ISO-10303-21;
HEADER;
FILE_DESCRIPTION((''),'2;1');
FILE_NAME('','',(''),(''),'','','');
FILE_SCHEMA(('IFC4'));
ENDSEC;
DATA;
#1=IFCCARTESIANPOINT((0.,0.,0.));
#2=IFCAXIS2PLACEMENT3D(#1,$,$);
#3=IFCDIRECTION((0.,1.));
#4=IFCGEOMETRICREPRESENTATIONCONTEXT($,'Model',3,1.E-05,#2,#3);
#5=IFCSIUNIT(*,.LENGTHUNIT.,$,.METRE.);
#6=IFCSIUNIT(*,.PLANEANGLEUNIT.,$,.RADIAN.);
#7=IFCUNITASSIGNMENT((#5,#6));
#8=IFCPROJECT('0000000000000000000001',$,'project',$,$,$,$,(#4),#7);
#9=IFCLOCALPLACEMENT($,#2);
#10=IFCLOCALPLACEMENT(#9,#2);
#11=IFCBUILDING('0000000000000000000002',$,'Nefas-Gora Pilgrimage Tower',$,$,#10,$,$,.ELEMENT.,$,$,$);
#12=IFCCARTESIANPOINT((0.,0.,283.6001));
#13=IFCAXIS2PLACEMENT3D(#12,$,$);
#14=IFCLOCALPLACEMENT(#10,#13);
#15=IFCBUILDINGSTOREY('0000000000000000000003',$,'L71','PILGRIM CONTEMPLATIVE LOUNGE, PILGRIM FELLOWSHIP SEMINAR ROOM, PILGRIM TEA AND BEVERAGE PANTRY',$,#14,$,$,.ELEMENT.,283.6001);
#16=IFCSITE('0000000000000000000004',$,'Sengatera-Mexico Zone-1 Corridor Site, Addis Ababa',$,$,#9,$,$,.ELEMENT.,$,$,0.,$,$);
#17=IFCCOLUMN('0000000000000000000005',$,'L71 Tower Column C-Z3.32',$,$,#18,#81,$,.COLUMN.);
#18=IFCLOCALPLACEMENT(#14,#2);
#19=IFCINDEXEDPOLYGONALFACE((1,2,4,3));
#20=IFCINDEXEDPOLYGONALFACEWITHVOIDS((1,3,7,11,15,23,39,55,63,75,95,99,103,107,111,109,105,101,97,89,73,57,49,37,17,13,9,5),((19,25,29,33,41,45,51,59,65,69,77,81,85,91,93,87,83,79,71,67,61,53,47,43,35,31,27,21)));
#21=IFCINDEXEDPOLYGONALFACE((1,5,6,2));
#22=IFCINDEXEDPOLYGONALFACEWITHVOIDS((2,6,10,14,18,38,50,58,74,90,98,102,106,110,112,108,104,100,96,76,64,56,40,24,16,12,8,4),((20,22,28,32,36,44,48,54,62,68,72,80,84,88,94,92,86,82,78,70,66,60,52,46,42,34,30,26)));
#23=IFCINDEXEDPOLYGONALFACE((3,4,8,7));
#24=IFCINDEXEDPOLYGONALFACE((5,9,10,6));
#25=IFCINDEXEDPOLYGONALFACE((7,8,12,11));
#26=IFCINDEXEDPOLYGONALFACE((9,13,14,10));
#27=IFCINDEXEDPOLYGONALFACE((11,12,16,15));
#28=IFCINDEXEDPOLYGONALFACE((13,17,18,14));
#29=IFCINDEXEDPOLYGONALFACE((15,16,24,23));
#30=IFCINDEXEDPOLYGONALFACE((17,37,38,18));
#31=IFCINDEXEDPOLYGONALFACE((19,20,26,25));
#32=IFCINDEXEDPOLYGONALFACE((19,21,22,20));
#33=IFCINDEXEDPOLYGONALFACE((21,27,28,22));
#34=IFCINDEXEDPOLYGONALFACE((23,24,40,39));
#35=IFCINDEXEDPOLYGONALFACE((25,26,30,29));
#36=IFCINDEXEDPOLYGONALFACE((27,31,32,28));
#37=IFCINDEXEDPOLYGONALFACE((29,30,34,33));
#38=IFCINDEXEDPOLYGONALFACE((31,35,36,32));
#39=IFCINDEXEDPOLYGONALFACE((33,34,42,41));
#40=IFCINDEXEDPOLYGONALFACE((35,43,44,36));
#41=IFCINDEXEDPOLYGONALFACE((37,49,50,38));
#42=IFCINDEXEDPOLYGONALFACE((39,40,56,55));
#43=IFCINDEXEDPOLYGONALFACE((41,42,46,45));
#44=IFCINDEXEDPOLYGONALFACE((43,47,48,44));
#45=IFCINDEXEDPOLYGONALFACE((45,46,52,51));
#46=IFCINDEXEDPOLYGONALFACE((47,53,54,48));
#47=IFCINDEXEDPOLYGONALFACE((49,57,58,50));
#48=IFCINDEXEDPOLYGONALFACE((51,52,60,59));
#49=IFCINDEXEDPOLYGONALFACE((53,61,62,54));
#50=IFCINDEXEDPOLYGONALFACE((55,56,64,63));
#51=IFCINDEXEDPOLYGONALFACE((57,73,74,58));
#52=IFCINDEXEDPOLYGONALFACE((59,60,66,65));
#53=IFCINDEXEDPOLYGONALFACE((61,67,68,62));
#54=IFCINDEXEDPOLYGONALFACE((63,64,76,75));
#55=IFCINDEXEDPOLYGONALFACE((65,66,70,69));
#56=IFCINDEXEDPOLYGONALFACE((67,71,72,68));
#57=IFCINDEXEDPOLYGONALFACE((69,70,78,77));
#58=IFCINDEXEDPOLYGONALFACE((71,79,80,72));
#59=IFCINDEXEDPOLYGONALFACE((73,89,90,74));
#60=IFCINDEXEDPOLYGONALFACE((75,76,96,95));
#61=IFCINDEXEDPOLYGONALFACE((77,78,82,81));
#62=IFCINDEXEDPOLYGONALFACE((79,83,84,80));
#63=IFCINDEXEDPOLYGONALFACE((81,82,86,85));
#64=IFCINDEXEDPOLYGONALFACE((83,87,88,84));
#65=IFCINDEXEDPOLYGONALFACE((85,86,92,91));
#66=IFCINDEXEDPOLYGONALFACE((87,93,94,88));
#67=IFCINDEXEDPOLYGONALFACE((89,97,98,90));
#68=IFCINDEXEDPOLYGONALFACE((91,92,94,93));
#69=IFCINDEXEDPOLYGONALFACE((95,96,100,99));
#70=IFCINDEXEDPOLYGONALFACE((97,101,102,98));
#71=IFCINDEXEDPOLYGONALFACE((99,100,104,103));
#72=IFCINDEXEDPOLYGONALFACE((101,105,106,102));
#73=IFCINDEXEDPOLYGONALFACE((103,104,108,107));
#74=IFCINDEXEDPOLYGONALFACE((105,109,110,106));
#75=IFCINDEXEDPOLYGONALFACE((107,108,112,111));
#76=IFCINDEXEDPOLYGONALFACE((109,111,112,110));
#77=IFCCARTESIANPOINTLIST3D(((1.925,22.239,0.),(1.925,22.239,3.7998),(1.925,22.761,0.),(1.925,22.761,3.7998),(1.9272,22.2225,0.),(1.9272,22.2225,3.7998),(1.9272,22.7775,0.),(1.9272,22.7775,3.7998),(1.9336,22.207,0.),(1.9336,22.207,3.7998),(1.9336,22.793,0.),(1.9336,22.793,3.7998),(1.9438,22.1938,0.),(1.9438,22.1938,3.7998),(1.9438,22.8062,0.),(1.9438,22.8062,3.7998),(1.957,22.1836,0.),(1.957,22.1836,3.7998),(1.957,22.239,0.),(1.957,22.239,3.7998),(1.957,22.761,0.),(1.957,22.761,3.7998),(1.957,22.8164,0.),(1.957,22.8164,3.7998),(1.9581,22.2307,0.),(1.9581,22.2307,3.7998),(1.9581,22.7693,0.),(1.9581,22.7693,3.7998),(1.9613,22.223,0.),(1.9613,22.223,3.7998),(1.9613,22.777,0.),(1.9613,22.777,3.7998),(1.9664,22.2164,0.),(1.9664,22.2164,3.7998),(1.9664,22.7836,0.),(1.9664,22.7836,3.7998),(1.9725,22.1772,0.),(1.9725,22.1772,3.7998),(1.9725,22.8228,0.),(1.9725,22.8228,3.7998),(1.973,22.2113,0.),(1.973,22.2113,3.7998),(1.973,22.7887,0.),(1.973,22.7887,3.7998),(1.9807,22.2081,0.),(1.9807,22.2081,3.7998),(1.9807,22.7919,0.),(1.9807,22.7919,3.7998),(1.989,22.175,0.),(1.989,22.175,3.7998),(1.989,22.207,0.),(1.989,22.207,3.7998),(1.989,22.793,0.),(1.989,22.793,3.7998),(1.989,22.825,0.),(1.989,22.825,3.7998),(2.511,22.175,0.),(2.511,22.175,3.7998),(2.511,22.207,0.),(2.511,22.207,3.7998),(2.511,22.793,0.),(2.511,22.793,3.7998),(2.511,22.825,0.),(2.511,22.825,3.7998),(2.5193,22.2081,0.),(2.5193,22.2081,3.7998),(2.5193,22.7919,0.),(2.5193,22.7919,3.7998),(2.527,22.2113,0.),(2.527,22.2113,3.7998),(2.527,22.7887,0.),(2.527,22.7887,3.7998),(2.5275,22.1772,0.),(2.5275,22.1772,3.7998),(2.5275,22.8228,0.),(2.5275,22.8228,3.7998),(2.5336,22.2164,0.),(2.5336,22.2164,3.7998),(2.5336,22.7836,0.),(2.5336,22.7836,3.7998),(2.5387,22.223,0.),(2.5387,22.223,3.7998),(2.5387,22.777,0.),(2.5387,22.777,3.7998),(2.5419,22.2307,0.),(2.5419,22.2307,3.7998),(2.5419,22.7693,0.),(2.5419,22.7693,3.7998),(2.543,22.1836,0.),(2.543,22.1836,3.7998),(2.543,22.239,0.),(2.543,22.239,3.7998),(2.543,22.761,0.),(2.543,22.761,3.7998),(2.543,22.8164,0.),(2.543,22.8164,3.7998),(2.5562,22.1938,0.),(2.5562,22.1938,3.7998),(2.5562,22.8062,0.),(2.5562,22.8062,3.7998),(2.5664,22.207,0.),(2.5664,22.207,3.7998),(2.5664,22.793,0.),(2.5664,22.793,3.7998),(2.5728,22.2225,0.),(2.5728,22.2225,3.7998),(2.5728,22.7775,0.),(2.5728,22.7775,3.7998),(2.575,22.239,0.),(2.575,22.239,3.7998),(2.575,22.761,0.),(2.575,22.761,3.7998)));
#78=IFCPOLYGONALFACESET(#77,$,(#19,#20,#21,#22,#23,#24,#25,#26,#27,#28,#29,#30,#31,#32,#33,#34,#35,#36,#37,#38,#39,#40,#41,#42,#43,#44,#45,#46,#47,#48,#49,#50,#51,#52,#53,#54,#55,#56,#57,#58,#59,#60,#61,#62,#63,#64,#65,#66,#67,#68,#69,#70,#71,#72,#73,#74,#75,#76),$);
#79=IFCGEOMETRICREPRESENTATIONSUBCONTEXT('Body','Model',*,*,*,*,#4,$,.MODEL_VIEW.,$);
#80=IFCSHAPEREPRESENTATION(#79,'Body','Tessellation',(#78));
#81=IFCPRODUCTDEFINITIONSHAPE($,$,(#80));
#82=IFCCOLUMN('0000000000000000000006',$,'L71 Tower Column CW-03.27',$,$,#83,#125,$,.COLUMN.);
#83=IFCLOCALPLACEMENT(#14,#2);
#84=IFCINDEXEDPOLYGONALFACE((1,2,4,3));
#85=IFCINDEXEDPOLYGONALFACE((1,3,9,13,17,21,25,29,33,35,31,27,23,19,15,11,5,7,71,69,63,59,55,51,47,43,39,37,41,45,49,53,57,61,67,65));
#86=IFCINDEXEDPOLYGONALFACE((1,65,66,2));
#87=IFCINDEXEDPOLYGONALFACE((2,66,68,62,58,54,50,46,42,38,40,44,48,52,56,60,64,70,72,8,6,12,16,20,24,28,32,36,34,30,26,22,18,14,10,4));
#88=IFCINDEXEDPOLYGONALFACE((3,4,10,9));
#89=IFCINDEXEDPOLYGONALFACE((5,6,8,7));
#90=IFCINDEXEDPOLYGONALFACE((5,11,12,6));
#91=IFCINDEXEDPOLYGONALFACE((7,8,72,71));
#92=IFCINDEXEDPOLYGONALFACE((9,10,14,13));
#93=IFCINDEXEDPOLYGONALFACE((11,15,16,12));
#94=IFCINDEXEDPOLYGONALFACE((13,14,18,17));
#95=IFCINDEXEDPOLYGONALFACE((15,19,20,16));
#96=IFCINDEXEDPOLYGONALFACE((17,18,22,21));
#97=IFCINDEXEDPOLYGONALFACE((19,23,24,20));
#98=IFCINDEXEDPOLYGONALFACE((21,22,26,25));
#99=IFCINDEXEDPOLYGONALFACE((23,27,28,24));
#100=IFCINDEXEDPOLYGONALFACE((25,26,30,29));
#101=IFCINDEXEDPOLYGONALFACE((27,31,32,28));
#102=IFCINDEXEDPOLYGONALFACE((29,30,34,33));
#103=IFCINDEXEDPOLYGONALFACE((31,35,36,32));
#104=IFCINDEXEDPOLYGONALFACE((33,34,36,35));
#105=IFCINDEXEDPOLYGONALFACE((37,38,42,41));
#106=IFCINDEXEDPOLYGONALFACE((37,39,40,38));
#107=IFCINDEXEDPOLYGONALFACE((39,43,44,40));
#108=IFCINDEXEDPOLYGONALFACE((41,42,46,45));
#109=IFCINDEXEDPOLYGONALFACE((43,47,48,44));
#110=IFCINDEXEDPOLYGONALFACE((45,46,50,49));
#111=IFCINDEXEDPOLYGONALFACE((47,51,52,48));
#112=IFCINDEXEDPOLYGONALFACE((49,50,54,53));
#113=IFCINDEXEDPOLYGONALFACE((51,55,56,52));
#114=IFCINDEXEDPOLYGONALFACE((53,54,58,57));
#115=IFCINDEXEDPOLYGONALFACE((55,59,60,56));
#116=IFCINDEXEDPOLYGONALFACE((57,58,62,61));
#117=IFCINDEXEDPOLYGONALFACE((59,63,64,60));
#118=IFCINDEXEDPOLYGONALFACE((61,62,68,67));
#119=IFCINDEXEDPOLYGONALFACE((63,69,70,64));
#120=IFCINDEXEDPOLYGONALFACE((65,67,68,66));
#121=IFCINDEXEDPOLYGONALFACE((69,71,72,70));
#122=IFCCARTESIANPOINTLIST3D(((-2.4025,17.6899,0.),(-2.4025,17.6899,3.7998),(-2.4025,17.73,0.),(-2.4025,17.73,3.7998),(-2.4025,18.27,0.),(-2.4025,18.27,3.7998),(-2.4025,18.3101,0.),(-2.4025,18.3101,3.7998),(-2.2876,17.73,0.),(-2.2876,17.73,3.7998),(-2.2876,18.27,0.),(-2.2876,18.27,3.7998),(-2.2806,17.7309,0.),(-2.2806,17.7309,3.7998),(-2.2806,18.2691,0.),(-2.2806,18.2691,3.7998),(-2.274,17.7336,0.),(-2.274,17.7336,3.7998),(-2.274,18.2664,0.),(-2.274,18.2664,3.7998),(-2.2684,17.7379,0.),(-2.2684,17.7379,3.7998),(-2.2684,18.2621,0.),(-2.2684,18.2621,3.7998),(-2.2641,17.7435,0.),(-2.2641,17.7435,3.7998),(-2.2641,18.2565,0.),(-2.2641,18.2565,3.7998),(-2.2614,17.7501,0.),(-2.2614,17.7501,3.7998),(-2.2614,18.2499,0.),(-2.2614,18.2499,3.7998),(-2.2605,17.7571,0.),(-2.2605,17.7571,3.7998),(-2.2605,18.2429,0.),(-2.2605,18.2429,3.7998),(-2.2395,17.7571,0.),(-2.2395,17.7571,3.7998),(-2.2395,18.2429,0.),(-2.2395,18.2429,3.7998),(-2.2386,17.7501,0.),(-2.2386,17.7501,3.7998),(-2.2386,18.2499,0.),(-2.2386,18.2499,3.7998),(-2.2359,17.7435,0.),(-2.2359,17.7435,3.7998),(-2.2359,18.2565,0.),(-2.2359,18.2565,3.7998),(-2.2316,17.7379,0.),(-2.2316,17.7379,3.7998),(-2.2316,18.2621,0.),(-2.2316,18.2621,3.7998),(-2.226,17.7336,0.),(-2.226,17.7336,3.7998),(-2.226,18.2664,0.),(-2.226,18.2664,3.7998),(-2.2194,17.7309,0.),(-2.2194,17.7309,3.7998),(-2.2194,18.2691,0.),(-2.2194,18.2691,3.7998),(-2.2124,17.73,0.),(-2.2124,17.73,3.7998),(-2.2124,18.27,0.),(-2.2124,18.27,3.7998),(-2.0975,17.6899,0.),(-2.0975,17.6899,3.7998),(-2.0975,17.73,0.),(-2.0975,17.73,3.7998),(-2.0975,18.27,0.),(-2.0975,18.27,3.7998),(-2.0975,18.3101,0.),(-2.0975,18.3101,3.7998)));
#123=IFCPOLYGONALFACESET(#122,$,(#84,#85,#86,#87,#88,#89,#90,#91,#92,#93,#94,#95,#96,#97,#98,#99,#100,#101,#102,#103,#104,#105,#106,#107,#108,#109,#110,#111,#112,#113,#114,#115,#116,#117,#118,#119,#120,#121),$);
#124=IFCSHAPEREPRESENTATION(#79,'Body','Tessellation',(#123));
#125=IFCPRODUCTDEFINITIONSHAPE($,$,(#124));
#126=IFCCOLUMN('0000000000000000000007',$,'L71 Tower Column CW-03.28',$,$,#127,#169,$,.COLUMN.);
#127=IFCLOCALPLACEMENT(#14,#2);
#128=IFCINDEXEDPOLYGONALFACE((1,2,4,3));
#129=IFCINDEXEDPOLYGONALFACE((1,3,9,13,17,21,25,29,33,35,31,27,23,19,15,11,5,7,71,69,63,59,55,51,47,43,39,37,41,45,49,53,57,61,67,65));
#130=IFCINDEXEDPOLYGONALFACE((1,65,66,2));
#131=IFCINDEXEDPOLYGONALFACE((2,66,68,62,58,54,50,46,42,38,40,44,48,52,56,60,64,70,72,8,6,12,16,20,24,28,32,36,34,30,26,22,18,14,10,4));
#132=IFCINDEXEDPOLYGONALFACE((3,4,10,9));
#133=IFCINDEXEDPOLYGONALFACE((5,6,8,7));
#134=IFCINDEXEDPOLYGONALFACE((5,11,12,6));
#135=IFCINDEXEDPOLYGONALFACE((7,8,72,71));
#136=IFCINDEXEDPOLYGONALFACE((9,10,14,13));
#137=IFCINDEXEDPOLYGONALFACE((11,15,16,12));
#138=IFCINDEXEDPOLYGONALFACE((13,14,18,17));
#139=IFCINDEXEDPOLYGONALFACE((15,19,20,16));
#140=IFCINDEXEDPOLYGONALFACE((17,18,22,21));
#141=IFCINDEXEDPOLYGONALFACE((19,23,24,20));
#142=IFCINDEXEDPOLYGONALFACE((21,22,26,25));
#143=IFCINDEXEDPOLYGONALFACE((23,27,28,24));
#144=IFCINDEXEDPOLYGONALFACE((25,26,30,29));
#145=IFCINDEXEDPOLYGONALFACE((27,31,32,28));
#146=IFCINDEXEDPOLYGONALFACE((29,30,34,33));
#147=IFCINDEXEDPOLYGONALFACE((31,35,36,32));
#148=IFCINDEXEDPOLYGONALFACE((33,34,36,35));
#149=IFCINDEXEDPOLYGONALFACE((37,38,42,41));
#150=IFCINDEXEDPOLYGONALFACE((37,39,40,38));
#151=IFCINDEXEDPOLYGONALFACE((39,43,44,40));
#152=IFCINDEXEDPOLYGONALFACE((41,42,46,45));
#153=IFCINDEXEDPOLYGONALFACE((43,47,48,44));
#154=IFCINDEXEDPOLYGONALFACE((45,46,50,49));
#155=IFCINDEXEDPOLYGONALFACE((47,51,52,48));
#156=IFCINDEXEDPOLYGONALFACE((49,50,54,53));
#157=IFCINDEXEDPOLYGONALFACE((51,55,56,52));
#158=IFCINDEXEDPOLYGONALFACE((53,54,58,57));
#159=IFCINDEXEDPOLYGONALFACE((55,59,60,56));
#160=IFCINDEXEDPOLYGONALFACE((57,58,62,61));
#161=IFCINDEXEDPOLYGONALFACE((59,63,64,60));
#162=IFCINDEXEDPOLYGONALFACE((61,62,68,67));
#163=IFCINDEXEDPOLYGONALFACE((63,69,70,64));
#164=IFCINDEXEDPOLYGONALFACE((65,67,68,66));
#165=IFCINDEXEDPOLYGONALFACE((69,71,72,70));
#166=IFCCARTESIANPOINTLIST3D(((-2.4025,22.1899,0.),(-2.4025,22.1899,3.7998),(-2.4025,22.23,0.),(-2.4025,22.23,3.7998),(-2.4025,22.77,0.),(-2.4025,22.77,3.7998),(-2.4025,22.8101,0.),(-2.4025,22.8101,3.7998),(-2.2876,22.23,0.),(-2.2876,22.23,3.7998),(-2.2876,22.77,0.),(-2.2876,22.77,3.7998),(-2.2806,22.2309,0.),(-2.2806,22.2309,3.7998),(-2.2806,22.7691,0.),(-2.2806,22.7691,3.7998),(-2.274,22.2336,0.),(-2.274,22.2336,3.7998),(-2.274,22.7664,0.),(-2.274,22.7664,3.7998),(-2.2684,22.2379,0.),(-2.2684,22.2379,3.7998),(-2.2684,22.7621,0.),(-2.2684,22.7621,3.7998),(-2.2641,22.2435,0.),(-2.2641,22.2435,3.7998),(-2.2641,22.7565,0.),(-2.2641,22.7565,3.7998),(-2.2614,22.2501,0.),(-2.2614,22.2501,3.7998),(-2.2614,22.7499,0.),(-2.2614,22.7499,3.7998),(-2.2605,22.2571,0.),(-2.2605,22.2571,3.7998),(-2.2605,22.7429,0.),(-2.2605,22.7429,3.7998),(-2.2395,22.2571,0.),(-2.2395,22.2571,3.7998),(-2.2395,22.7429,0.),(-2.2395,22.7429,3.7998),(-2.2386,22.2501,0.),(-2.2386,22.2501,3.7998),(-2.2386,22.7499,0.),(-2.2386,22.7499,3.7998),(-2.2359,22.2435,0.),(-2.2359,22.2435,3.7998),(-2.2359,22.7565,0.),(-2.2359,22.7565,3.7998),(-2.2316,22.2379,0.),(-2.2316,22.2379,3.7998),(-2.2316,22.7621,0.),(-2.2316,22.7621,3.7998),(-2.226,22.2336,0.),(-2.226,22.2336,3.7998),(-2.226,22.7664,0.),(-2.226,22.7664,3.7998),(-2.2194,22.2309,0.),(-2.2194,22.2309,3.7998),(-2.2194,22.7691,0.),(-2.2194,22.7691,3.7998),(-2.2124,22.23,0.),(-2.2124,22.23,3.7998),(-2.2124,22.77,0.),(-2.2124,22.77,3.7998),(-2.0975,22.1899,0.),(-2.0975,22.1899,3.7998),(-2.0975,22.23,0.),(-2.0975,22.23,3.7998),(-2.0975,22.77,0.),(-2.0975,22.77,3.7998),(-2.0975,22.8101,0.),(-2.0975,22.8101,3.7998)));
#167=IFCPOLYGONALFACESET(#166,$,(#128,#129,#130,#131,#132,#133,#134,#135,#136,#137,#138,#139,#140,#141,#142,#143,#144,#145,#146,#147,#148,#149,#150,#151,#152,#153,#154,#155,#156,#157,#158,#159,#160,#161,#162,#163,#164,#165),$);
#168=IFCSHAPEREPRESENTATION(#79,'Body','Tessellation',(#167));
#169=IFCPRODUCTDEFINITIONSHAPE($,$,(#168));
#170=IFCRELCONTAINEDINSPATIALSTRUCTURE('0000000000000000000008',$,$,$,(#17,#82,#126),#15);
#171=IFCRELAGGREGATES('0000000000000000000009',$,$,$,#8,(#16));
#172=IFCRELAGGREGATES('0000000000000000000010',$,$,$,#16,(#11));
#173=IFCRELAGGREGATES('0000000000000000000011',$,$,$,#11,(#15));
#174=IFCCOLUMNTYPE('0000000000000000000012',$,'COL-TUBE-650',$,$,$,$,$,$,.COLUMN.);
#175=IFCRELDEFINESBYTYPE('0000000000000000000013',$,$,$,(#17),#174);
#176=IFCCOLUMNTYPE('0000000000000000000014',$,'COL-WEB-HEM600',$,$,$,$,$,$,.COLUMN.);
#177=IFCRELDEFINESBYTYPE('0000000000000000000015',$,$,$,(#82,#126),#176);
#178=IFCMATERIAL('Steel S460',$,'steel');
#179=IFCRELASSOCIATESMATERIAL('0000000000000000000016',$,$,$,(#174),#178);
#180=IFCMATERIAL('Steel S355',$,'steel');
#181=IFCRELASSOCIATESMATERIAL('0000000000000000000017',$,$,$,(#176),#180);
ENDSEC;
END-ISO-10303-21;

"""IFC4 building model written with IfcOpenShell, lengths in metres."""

from ifc_helpers import new_model, si_unit, direction, frame, origin, origin_2d, place, context, subcontext, project, spatial, hollow_rectangle, i_section, extrude, source, transform, mapped, material, material_profile, profile_set, type_object, element, save


model = new_model("IFC4")

# Units and contexts
model_context = context("Model", 3, precision=1e-05, world=origin(), true_north=direction((0.0, 1.0)))
body_context = subcontext(model_context, "Body", "Model", "MODEL_VIEW")
ifc_project = project(units=[si_unit("LENGTHUNIT", "METRE"), si_unit("PLANEANGLEUNIT", "RADIAN")], contexts=[model_context])

# Site, building, storey
site_placement = place(None, origin())
site = spatial("IfcSite", under=ifc_project, at=site_placement, Name="Sengatera-Mexico Zone-1 Corridor Site, Addis Ababa", CompositionType="ELEMENT", RefElevation=0.0)
building_placement = place(site_placement, origin())
building = spatial("IfcBuilding", under=site, at=building_placement, Name="Nefas-Gora Pilgrimage Tower", CompositionType="ELEMENT")
storey_placement = place(building_placement, frame((0.0, 0.0, 283.6001)))
storey = spatial("IfcBuildingStorey", under=building, at=storey_placement, Name="L71", Description="PILGRIM CONTEMPLATIVE LOUNGE, PILGRIM FELLOWSHIP SEMINAR ROOM, PILGRIM TEA AND BEVERAGE PANTRY", CompositionType="ELEMENT", Elevation=283.6001)

# Columns
ifc_material_1 = material(Name="Steel S460", Category="steel")
ifc_material_profile_1 = material_profile(ifc_material_1, hollow_rectangle(XDim=0.6499, YDim=0.6499, WallThickness=0.032, InnerFilletRadius=0.032, OuterFilletRadius=0.064, at=origin_2d()), Name="BOX 650x650x32")
ifc_profile_set_1 = profile_set([ifc_material_profile_1], Name="Steel S460")
column_type_1 = type_object("IfcColumnType", Name="COL-TUBE-650", PredefinedType="COLUMN", material=ifc_profile_set_1)
shared_shape_1 = source(origin(), body_context, "Body", "SweptSolid", [
    extrude(hollow_rectangle(XDim=0.6499, YDim=0.6499, WallThickness=0.032, InnerFilletRadius=0.032, OuterFilletRadius=0.064, at=origin_2d()), origin(), (0.0, 0.0, 1.0), 3.7998),
])
column_placement = place(storey_placement, frame((2.25, 22.5, 0.0), z_axis=(0.0, 0.0, 1.0), x_axis=(1.0, 0.0, 0.0)))
element("IfcColumn", 1, at=column_placement, inside=storey, type_object=column_type_1, Name="L71 Tower Column C-Z3.32", PredefinedType="COLUMN", context=body_context, shape_type="MappedRepresentation", body=[
    mapped(shared_shape_1, transform((0.0, 0.0, 0.0), x_axis=(1.0, 0.0, 0.0), y_axis=(0.0, 1.0, 0.0), z_axis=(0.0, 0.0, 1.0), scale=1.0)),
])
ifc_material_2 = material(Name="Steel S355", Category="steel")
ifc_material_profile_2 = material_profile(ifc_material_2, i_section(OverallWidth=0.3049, OverallDepth=0.6201, WebThickness=0.021, FlangeThickness=0.04, FilletRadius=0.0271, at=origin_2d()), Name="HEM 600")
ifc_profile_set_2 = profile_set([ifc_material_profile_2], Name="Steel S355")
column_type_2 = type_object("IfcColumnType", Name="COL-WEB-HEM600", PredefinedType="COLUMN", material=ifc_profile_set_2)
shared_shape_2 = source(origin(), body_context, "Body", "SweptSolid", [
    extrude(i_section(OverallWidth=0.3049, OverallDepth=0.6201, WebThickness=0.021, FlangeThickness=0.04, FilletRadius=0.0271, at=origin_2d()), origin(), (0.0, 0.0, 1.0), 3.7998),
])
for number, where, z_axis, x_axis, name in (
    (2, (-2.25, 18.0, 0.0), (0.0, 0.0, 1.0), (1.0, 0.0, 0.0), "L71 Tower Column CW-03.27"),
    (3, (-2.25, 22.5, 0.0), (0.0, 0.0, 1.0), (1.0, 0.0, 0.0), "L71 Tower Column CW-03.28"),
):
    element("IfcColumn", number, at=place(storey_placement, frame(where, z_axis=z_axis, x_axis=x_axis)), inside=storey, type_object=column_type_2, Name=name, PredefinedType="COLUMN", context=body_context, shape_type="MappedRepresentation", body=[
        mapped(shared_shape_2, transform((0.0, 0.0, 0.0), x_axis=(1.0, 0.0, 0.0), y_axis=(0.0, 1.0, 0.0), z_axis=(0.0, 0.0, 1.0), scale=1.0)),
    ])

save(model, "model.ifc")
